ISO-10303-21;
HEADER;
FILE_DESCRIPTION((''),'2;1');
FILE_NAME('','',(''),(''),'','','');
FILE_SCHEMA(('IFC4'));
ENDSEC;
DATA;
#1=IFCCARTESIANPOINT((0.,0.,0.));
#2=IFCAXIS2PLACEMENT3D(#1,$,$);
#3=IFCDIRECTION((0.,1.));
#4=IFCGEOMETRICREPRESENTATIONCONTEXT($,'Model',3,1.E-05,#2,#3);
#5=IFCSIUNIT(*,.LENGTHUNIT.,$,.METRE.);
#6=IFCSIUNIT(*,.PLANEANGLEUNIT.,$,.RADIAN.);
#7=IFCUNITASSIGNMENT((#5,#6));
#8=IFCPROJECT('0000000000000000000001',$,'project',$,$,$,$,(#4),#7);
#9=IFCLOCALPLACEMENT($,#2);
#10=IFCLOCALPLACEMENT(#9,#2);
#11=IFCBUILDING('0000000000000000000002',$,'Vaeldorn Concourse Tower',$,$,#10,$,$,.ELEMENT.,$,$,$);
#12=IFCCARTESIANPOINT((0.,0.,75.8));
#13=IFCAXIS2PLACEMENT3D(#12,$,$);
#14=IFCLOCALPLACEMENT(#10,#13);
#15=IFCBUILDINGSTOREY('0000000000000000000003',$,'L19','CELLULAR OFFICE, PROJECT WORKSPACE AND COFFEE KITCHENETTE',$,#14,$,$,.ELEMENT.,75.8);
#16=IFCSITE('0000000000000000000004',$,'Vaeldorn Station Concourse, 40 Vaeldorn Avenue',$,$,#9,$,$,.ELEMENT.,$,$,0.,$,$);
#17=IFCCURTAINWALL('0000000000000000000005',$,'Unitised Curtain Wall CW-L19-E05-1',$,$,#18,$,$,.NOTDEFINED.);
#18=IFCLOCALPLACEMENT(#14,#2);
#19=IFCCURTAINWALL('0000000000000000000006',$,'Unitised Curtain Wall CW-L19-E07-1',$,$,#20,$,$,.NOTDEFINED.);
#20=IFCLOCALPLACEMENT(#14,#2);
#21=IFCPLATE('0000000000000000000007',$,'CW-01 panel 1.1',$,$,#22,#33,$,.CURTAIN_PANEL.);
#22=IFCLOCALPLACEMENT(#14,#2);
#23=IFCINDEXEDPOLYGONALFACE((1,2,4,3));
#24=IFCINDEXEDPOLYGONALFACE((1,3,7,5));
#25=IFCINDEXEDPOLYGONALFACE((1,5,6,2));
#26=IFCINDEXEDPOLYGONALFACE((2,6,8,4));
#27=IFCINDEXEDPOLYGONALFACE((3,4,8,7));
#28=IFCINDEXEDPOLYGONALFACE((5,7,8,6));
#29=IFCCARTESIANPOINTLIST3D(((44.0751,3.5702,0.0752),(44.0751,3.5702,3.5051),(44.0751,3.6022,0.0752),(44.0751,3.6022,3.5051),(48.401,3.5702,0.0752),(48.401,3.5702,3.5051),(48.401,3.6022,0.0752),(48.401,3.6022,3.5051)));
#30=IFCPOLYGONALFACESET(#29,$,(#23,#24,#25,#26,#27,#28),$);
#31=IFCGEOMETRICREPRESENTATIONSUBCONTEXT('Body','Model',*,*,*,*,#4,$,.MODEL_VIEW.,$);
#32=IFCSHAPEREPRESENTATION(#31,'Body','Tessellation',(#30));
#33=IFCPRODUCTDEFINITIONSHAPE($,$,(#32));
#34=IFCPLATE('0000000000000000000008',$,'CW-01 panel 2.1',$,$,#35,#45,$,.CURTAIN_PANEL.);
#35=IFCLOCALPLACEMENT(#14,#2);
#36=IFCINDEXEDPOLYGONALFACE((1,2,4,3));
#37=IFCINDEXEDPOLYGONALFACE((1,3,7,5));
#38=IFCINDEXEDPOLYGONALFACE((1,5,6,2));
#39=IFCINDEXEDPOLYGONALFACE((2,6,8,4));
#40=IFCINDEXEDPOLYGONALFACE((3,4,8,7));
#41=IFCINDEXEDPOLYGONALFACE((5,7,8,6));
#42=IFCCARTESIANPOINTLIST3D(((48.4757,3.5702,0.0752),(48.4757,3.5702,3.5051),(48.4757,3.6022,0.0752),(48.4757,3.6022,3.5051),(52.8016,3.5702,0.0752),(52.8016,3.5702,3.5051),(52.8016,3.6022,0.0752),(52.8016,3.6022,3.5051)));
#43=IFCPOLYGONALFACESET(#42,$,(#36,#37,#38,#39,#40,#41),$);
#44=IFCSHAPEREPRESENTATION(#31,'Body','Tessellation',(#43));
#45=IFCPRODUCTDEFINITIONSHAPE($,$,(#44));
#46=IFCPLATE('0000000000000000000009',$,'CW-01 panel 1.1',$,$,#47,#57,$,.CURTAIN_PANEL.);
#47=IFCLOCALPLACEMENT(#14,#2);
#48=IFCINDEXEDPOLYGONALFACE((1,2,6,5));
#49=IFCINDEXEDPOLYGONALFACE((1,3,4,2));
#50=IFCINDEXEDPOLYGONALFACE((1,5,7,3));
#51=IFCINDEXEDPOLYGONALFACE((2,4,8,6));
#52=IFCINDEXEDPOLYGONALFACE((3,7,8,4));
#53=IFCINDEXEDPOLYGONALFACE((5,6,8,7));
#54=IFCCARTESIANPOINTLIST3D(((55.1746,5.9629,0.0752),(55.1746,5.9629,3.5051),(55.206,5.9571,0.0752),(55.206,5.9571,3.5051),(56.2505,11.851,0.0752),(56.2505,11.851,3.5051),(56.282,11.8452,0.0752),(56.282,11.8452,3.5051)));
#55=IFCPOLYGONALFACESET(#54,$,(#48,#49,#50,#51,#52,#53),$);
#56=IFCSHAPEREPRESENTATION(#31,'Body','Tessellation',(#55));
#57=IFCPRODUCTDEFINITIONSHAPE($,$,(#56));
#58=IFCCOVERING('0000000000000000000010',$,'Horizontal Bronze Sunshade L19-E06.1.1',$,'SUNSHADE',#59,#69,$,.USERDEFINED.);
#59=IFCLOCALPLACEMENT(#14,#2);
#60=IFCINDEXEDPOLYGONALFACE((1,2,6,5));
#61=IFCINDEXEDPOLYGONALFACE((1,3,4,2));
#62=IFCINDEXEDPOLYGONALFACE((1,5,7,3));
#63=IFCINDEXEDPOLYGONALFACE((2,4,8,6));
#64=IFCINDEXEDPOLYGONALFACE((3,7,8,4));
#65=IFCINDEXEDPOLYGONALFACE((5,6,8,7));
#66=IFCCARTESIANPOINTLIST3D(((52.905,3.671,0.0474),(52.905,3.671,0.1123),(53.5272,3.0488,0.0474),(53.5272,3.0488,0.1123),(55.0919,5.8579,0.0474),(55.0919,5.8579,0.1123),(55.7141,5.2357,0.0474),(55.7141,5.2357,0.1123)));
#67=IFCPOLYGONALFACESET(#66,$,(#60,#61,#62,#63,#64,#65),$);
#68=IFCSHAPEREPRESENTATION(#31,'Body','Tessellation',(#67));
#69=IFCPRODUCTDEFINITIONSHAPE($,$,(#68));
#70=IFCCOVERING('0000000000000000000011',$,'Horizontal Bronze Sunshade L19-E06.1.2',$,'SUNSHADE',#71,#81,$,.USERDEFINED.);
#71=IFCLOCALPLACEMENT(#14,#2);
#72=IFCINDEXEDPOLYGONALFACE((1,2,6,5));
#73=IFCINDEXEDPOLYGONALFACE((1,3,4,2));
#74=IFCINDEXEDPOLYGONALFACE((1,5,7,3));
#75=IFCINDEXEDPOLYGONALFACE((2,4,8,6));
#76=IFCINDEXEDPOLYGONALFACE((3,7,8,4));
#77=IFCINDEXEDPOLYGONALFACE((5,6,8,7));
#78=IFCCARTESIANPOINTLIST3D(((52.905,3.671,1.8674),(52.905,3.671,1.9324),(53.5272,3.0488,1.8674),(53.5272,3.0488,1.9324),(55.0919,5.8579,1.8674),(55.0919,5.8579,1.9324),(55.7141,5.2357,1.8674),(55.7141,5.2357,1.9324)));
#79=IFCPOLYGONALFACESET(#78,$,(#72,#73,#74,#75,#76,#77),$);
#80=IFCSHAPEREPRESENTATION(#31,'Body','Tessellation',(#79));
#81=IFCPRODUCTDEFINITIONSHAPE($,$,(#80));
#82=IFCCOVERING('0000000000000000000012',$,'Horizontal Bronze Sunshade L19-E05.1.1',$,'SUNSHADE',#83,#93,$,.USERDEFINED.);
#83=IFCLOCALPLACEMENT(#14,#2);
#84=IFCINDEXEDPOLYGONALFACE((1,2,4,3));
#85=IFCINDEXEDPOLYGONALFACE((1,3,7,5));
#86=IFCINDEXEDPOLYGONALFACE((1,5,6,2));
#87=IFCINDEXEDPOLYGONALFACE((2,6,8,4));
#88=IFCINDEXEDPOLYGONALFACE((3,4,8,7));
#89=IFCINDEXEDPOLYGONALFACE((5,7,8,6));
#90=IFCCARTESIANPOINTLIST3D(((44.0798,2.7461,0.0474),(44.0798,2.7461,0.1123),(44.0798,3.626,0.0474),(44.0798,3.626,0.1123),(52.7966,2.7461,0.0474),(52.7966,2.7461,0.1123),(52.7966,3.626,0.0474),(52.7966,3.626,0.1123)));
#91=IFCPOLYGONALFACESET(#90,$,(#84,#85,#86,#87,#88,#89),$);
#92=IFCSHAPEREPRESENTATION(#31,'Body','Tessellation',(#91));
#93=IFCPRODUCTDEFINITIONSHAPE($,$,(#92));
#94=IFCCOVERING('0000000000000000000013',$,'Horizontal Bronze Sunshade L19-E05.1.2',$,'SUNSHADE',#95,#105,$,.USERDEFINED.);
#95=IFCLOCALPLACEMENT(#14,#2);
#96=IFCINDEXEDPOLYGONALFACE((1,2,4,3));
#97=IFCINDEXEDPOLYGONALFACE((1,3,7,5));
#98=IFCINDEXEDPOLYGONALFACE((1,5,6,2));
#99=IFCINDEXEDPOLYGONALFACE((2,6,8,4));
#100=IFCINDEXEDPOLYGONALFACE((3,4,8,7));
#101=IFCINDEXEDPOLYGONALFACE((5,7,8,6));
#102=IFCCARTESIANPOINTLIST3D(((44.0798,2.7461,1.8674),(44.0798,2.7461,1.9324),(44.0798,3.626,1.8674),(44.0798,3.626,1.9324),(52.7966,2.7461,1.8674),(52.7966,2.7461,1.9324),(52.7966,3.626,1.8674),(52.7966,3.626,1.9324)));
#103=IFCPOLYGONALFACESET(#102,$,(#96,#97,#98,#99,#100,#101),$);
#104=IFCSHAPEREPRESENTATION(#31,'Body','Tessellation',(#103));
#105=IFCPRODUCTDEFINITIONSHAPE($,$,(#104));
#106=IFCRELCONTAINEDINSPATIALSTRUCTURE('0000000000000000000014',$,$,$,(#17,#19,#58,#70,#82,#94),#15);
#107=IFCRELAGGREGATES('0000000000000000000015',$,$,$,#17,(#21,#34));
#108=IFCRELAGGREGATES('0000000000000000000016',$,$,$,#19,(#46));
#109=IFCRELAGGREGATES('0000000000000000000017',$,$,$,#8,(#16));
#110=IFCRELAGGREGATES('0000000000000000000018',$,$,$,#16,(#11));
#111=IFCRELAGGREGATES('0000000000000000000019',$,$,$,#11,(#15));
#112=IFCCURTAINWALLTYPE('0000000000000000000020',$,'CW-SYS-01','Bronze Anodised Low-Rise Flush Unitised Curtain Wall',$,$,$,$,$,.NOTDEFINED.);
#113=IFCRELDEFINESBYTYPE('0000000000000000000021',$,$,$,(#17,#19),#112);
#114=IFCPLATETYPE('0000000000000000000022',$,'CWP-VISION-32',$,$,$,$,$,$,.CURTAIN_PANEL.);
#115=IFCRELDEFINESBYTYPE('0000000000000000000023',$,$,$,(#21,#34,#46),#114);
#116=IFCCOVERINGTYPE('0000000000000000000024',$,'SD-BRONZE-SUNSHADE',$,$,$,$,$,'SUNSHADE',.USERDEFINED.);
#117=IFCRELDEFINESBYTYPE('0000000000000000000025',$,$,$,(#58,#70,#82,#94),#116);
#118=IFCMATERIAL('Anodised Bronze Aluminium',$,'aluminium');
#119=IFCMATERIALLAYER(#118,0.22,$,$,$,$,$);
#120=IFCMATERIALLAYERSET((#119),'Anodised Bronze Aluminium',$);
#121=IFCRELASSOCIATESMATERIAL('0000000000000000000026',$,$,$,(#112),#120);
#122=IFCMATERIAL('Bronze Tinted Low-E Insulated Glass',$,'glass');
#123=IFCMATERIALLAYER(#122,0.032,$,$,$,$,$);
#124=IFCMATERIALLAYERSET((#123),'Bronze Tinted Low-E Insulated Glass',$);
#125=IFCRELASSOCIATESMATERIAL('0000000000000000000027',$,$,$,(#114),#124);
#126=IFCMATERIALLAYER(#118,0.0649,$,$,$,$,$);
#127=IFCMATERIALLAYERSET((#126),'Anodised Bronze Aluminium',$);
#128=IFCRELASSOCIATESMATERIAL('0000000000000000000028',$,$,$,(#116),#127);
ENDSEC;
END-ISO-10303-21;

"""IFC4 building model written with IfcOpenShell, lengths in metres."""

from ifc_helpers import new_model, si_unit, direction, frame, origin, origin_2d, place, context, subcontext, project, spatial, rectangle, extrude, source, transform, mapped, material, layer, layer_set, type_object, element, aggregate, save


model = new_model("IFC4")

# Units and contexts
model_context = context("Model", 3, precision=1e-05, world=origin(), true_north=direction((0.0, 1.0)))
body_context = subcontext(model_context, "Body", "Model", "MODEL_VIEW")
ifc_project = project(units=[si_unit("LENGTHUNIT", "METRE"), si_unit("PLANEANGLEUNIT", "RADIAN")], contexts=[model_context])

# Site, building, storey
site_placement = place(None, origin())
site = spatial("IfcSite", under=ifc_project, at=site_placement, Name="Vaeldorn Station Concourse, 40 Vaeldorn Avenue", CompositionType="ELEMENT", RefElevation=0.0)
building_placement = place(site_placement, origin())
building = spatial("IfcBuilding", under=site, at=building_placement, Name="Vaeldorn Concourse Tower", CompositionType="ELEMENT")
storey_placement = place(building_placement, frame((0.0, 0.0, 75.8)))
storey = spatial("IfcBuildingStorey", under=building, at=storey_placement, Name="L19", Description="CELLULAR OFFICE, PROJECT WORKSPACE AND COFFEE KITCHENETTE", CompositionType="ELEMENT", Elevation=75.8)

# Curtain walls
ifc_material_1 = material(Name="Anodised Bronze Aluminium", Category="aluminium")
ifc_layer_1 = layer(ifc_material_1, 0.22)
ifc_layer_set_1 = layer_set([ifc_layer_1], Name="Anodised Bronze Aluminium")
curtain_wall_type = type_object("IfcCurtainWallType", Name="CW-SYS-01", Description="Bronze Anodised Low-Rise Flush Unitised Curtain Wall", PredefinedType="NOTDEFINED", material=ifc_layer_set_1)
curtain_wall_1_placement = place(storey_placement, origin())
curtain_wall_1 = element("IfcCurtainWall", 1, at=curtain_wall_1_placement, inside=storey, type_object=curtain_wall_type, Name="Unitised Curtain Wall CW-L19-E05-1", PredefinedType="NOTDEFINED")
curtain_wall_2_placement = place(storey_placement, origin())
curtain_wall_2 = element("IfcCurtainWall", 2, at=curtain_wall_2_placement, inside=storey, type_object=curtain_wall_type, Name="Unitised Curtain Wall CW-L19-E07-1", PredefinedType="NOTDEFINED")

# Plates
ifc_material_2 = material(Name="Bronze Tinted Low-E Insulated Glass", Category="glass")
ifc_layer_2 = layer(ifc_material_2, 0.032)
ifc_layer_set_2 = layer_set([ifc_layer_2], Name="Bronze Tinted Low-E Insulated Glass")
plate_type = type_object("IfcPlateType", Name="CWP-VISION-32", PredefinedType="CURTAIN_PANEL", material=ifc_layer_set_2)
shared_shape_1 = source(origin(), body_context, "Body", "SweptSolid", [
    extrude(rectangle(XDim=4.3259, YDim=0.032, at=origin_2d()), origin(), (0.0, 0.0, 1.0), 3.4299),
])
plate_1_placement = place(storey_placement, frame((46.238, 3.5862, 0.0752), z_axis=(0.0, 0.0, 1.0), x_axis=(1.0, 0.0, 0.0)))
plate_1 = element("IfcPlate", 3, at=plate_1_placement, type_object=plate_type, Name="CW-01 panel 1.1", PredefinedType="CURTAIN_PANEL", context=body_context, shape_type="MappedRepresentation", body=[
    mapped(shared_shape_1, transform((0.0, 0.0, 0.0), scale=1.0)),
])
plate_2_placement = place(storey_placement, frame((50.6387, 3.5862, 0.0752), z_axis=(0.0, 0.0, 1.0), x_axis=(1.0, 0.0, 0.0)))
plate_2 = element("IfcPlate", 4, at=plate_2_placement, type_object=plate_type, Name="CW-01 panel 2.1", PredefinedType="CURTAIN_PANEL", context=body_context, shape_type="MappedRepresentation", body=[
    mapped(shared_shape_1, transform((0.0, 0.0, 0.0), scale=1.0)),
])
aggregate(curtain_wall_1, [plate_1, plate_2])
shared_shape_2 = source(origin(), body_context, "Body", "SweptSolid", [
    extrude(rectangle(XDim=5.9856, YDim=0.032, at=origin_2d()), origin(), (0.0, 0.0, 1.0), 3.4299),
])
plate_3_placement = place(storey_placement, frame((55.7283, 8.9041, 0.0752), z_axis=(0.0, 0.0, 1.0), x_axis=(0.179751, 0.983712, 0.0)))
plate_3 = element("IfcPlate", 5, at=plate_3_placement, type_object=plate_type, Name="CW-01 panel 1.1", PredefinedType="CURTAIN_PANEL", context=body_context, shape_type="MappedRepresentation", body=[
    mapped(shared_shape_2, transform((0.0, 0.0, 0.0), scale=1.0)),
])
aggregate(curtain_wall_2, [plate_3])

# Coverings
ifc_layer_3 = layer(ifc_material_1, 0.0649)
ifc_layer_set_3 = layer_set([ifc_layer_3], Name="Anodised Bronze Aluminium")
covering_type = type_object("IfcCoveringType", Name="SD-BRONZE-SUNSHADE", ElementType="SUNSHADE", PredefinedType="USERDEFINED", material=ifc_layer_set_3)
shared_shape_3 = source(origin(), body_context, "Body", "SweptSolid", [
    extrude(rectangle(XDim=3.0928, YDim=0.8799, at=origin_2d()), origin(), (0.0, 0.0, 1.0), 0.0649),
])
for number, where, z_axis, x_axis, name in (
    (6, (54.3096, 4.4534, 0.0474), (0.0, 0.0, 1.0), (0.707107, 0.707107, 0.0), "Horizontal Bronze Sunshade L19-E06.1.1"),
    (7, (54.3096, 4.4534, 1.8674), (0.0, 0.0, 1.0), (0.707107, 0.707107, 0.0), "Horizontal Bronze Sunshade L19-E06.1.2"),
):
    element("IfcCovering", number, at=place(storey_placement, frame(where, z_axis=z_axis, x_axis=x_axis)), inside=storey, type_object=covering_type, Name=name, ObjectType="SUNSHADE", PredefinedType="USERDEFINED", context=body_context, shape_type="MappedRepresentation", body=[
        mapped(shared_shape_3, transform((0.0, 0.0, 0.0), scale=1.0)),
    ])
shared_shape_4 = source(origin(), body_context, "Body", "SweptSolid", [
    extrude(rectangle(XDim=8.7168, YDim=0.8799, at=origin_2d()), origin(), (0.0, 0.0, 1.0), 0.0649),
])
for number, where, z_axis, x_axis, name in (
    (8, (48.4382, 3.186, 0.0474), (0.0, 0.0, 1.0), (1.0, 0.0, 0.0), "Horizontal Bronze Sunshade L19-E05.1.1"),
    (9, (48.4382, 3.186, 1.8674), (0.0, 0.0, 1.0), (1.0, 0.0, 0.0), "Horizontal Bronze Sunshade L19-E05.1.2"),
):
    element("IfcCovering", number, at=place(storey_placement, frame(where, z_axis=z_axis, x_axis=x_axis)), inside=storey, type_object=covering_type, Name=name, ObjectType="SUNSHADE", PredefinedType="USERDEFINED", context=body_context, shape_type="MappedRepresentation", body=[
        mapped(shared_shape_4, transform((0.0, 0.0, 0.0), scale=1.0)),
    ])

save(model, "model.ifc")
